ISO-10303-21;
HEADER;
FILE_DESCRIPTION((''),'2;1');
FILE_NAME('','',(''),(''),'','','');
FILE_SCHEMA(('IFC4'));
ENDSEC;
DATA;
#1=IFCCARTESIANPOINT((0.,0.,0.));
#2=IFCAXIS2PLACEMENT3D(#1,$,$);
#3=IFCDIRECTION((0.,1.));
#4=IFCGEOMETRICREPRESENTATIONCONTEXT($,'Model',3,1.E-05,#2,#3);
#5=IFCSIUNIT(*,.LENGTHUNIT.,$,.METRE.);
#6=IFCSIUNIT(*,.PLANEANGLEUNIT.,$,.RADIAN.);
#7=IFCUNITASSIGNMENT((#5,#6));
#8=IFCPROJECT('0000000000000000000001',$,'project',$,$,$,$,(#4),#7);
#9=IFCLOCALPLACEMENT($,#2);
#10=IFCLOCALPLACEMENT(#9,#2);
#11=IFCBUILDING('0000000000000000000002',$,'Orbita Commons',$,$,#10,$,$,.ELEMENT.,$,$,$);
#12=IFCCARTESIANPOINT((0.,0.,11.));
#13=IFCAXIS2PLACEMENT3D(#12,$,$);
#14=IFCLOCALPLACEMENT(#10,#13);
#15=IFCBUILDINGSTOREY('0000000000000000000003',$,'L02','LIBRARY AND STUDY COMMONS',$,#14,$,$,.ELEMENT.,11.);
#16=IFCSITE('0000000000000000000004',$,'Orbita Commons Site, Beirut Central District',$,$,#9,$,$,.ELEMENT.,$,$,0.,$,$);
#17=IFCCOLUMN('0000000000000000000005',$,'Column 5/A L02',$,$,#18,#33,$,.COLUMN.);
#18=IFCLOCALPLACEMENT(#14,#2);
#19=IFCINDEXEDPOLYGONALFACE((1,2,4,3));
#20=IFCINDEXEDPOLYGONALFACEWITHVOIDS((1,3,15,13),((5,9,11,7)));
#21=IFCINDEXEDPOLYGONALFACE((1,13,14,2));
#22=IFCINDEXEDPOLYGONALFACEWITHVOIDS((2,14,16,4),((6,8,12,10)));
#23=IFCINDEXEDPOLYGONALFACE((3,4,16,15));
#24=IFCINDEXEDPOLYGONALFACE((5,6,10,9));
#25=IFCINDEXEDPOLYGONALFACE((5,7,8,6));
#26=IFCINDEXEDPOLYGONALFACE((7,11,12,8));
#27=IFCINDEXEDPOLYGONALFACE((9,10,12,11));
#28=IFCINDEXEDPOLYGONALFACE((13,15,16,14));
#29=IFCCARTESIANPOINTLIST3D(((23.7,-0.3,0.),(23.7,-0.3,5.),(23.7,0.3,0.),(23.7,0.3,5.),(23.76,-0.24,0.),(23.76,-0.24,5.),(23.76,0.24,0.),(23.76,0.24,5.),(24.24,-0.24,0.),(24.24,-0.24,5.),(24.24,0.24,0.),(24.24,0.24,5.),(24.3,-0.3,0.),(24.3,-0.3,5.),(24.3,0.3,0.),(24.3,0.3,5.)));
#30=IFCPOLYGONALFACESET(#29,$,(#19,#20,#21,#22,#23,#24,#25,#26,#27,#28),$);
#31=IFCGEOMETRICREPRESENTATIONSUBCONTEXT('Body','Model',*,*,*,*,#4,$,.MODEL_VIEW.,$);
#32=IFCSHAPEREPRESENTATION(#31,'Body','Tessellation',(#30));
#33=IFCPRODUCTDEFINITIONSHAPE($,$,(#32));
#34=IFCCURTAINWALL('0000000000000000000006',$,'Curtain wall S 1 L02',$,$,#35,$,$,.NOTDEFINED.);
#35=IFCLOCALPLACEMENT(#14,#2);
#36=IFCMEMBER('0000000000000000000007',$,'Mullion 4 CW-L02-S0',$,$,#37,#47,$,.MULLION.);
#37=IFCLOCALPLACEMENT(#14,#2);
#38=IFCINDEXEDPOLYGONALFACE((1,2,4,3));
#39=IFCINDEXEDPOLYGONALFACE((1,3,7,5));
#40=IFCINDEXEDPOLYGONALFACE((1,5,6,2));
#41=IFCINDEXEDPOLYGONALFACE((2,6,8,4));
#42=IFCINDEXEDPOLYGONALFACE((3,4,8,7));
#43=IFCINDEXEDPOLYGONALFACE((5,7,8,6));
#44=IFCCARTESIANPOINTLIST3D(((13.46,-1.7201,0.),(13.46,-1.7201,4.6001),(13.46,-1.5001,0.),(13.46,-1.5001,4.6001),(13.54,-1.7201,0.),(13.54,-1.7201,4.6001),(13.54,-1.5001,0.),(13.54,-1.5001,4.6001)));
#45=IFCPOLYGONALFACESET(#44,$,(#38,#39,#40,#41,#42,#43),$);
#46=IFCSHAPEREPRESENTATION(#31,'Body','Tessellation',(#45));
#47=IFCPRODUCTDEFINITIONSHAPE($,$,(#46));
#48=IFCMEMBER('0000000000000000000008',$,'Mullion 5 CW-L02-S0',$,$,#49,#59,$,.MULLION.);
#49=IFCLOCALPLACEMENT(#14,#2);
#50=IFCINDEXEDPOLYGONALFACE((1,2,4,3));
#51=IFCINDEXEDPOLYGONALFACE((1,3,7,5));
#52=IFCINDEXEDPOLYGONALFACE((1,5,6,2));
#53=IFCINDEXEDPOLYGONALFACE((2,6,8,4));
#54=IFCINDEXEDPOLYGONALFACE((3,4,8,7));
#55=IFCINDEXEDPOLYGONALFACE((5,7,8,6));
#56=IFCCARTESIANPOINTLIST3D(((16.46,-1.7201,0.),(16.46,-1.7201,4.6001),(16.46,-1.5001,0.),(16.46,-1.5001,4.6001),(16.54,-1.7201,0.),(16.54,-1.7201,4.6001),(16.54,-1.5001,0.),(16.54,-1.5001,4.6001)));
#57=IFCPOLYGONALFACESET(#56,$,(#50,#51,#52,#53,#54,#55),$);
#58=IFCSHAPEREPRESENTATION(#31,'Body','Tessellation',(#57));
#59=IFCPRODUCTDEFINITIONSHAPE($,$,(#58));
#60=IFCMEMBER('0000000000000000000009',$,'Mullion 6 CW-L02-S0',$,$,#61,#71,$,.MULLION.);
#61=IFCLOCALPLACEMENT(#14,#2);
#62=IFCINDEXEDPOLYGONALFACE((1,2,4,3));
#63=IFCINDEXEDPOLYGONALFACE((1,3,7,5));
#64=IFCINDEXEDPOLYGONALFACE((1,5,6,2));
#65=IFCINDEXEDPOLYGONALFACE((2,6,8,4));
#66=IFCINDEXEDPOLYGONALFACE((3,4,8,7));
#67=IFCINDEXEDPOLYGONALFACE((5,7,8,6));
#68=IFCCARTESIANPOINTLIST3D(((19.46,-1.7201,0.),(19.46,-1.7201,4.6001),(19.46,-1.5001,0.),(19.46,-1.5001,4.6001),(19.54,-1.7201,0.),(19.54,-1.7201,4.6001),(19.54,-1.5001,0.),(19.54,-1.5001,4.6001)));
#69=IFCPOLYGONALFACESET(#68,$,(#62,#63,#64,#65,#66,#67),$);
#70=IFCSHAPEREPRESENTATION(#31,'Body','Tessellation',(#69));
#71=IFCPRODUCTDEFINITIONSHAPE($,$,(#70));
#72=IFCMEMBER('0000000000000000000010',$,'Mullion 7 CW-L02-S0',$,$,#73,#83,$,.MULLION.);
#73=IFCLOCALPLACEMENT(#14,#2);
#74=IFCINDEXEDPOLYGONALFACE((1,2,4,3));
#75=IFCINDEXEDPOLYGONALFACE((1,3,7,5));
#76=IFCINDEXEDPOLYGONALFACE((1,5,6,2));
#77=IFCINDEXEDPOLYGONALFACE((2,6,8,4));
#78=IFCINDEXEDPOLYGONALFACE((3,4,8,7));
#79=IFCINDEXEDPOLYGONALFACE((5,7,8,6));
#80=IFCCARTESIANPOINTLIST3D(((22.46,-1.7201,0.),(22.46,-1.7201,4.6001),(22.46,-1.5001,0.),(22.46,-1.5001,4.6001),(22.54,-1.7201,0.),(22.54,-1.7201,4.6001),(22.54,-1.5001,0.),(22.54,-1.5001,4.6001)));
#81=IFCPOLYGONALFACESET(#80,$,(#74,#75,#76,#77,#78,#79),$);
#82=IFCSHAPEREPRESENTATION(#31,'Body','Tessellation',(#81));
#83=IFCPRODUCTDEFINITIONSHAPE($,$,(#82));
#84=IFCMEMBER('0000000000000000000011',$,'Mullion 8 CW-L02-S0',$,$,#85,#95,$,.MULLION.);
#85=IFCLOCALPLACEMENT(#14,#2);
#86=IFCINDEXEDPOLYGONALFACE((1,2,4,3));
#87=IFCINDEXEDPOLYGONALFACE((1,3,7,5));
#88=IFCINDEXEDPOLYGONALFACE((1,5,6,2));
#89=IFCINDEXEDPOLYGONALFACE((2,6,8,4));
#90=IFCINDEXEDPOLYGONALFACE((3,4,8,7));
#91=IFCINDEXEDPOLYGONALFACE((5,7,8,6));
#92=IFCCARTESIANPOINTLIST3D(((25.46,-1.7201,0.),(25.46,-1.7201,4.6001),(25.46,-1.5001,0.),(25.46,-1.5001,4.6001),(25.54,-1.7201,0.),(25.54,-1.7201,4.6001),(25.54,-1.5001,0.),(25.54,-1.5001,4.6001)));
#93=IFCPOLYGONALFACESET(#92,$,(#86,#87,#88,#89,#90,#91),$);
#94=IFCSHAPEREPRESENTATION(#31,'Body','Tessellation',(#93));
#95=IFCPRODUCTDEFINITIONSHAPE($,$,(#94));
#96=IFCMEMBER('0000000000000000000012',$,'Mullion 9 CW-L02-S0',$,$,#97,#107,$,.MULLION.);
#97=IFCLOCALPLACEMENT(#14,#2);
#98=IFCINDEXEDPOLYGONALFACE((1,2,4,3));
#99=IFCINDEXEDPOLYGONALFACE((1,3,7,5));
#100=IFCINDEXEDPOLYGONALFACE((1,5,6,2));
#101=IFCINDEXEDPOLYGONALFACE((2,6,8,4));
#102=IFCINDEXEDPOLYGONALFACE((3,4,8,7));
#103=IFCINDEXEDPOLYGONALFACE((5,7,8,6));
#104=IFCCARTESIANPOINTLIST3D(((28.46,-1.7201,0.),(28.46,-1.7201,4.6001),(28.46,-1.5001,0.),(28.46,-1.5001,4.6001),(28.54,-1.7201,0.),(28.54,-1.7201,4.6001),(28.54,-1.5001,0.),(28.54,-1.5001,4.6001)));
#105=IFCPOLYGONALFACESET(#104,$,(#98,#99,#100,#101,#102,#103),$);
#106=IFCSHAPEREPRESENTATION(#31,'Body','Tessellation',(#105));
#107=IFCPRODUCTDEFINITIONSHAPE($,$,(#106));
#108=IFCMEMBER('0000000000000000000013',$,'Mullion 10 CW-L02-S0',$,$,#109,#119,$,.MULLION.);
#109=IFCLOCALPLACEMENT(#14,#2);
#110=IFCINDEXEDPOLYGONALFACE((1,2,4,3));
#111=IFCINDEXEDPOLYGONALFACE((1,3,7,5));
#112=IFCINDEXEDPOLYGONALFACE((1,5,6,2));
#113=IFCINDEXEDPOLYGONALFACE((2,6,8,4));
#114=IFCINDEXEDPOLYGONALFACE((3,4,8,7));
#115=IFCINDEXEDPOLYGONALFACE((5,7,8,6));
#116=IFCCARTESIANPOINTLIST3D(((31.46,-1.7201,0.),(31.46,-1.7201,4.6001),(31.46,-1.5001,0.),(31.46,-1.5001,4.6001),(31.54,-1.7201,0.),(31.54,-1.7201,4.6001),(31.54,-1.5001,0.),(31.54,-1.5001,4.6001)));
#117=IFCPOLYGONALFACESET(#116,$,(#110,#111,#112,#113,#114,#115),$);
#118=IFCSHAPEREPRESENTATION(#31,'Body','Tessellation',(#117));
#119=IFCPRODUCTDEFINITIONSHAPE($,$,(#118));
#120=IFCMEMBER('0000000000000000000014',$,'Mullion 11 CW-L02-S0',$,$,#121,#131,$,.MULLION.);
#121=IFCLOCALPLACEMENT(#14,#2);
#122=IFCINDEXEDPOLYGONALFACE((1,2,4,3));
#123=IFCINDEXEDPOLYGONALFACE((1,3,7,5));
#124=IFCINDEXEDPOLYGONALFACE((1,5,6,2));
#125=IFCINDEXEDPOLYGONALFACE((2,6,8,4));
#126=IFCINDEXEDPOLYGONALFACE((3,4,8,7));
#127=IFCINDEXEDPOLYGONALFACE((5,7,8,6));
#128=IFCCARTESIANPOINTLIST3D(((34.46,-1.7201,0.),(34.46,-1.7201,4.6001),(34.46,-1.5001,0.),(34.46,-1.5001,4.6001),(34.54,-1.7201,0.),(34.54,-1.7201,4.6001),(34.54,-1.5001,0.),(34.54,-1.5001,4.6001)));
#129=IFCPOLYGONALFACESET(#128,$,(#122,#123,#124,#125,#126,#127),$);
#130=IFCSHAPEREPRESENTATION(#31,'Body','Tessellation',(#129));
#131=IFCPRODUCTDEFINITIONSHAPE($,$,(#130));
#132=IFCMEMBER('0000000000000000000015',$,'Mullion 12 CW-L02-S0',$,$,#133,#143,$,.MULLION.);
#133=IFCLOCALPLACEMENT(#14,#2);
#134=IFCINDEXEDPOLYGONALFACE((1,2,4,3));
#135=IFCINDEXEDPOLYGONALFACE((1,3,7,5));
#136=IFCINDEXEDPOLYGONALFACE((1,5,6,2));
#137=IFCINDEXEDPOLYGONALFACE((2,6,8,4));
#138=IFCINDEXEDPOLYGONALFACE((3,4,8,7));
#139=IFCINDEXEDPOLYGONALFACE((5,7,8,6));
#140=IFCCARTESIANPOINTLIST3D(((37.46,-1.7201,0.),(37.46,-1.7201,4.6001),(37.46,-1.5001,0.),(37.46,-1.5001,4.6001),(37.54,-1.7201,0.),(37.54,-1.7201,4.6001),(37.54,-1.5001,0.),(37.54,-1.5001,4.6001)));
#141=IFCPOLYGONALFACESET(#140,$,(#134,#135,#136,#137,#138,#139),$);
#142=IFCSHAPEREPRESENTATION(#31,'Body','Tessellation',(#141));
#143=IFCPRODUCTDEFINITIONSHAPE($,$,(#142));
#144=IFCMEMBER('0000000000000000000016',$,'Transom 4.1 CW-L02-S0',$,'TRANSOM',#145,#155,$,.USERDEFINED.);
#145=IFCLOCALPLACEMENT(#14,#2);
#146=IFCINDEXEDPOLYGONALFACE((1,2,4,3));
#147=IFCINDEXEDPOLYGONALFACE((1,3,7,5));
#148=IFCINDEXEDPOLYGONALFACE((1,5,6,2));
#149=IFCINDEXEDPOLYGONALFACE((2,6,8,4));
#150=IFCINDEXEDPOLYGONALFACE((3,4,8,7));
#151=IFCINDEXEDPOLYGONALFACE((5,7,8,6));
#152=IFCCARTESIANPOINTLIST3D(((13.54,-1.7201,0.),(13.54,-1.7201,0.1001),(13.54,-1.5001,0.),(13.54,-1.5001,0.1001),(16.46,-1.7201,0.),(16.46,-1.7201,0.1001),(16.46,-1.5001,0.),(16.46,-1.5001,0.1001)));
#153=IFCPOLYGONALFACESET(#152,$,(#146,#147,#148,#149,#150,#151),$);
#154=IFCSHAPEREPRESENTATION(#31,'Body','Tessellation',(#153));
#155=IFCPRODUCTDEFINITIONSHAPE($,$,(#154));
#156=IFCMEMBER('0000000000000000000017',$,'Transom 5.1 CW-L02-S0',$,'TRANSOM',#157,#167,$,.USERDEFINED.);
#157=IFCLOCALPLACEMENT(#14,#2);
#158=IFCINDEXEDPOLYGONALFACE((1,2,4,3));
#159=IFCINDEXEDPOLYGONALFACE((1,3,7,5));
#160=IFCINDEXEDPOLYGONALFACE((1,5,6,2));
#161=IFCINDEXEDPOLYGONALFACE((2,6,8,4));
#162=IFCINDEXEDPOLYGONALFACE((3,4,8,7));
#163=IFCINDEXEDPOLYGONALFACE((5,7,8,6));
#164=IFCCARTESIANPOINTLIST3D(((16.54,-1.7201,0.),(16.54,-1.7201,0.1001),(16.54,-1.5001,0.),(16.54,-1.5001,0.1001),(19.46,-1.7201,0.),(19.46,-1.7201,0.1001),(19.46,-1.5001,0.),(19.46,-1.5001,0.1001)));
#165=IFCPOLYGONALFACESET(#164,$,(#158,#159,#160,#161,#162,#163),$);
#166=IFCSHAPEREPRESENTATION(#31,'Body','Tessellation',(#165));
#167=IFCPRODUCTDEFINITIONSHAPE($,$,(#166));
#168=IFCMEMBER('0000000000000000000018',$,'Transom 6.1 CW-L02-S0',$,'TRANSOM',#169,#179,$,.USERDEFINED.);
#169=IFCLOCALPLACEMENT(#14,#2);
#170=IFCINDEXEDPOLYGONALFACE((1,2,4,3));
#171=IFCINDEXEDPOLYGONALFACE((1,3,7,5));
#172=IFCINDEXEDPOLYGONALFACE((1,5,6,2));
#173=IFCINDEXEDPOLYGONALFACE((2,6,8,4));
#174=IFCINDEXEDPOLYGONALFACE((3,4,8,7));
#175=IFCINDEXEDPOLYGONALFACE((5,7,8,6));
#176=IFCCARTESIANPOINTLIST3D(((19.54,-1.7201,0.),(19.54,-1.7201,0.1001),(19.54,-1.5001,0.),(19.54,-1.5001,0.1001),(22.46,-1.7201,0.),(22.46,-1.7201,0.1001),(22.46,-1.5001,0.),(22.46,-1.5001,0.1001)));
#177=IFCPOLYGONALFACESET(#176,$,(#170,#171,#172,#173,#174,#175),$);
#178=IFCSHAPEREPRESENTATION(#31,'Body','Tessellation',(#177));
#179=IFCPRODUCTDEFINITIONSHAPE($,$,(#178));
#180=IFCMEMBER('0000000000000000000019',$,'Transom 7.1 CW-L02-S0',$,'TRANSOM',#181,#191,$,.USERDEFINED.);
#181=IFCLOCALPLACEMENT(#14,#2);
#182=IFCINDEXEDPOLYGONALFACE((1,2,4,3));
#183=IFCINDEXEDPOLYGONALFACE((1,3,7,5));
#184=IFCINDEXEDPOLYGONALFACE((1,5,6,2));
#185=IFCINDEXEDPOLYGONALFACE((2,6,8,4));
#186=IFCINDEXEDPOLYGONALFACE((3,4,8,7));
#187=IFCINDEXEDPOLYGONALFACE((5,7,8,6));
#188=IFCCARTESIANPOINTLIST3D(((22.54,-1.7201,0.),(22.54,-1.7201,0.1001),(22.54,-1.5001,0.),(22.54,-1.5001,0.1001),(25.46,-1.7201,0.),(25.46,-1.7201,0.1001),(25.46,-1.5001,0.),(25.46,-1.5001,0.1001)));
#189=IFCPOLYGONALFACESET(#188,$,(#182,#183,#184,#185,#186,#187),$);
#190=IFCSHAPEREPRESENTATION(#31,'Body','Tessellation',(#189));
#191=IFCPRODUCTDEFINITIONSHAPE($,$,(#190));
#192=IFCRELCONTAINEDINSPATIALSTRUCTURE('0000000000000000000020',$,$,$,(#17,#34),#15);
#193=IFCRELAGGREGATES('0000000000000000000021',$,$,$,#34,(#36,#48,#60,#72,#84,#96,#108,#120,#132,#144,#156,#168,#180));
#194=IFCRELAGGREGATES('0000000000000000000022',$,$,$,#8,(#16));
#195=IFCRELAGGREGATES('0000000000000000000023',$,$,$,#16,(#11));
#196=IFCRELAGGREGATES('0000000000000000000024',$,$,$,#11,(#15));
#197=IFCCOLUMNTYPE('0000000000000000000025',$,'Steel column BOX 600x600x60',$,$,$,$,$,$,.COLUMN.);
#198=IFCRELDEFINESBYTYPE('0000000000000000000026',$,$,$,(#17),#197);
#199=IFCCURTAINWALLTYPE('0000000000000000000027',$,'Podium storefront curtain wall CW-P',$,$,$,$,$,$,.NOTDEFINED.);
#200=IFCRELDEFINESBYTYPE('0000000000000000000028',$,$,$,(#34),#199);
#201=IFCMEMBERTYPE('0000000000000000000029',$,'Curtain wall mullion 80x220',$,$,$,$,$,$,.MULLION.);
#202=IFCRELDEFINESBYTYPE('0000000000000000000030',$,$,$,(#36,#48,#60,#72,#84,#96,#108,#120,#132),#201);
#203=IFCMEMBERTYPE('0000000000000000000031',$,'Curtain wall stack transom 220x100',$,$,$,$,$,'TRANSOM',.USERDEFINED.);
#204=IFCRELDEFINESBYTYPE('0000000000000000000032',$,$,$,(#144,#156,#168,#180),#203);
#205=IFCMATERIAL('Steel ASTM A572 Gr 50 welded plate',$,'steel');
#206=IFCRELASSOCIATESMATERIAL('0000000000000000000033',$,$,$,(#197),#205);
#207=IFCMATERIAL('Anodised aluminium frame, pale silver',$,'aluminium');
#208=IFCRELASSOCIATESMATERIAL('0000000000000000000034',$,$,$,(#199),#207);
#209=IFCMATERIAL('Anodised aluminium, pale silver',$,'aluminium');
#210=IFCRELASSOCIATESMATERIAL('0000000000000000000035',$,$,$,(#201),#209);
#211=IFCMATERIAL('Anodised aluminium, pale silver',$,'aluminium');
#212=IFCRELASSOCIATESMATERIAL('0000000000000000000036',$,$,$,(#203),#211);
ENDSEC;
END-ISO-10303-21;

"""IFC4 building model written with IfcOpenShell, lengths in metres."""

from ifc_helpers import new_model, si_unit, direction, frame, origin, origin_2d, place, context, subcontext, project, spatial, rectangle, hollow_rectangle, extrude, material, material_profile, profile_set, type_object, element, aggregate, save


model = new_model("IFC4")

# Units and contexts
model_context = context("Model", 3, precision=1e-05, world=origin(), true_north=direction((0.0, 1.0)))
body_context = subcontext(model_context, "Body", "Model", "MODEL_VIEW")
ifc_project = project(units=[si_unit("LENGTHUNIT", "METRE"), si_unit("PLANEANGLEUNIT", "RADIAN")], contexts=[model_context])

# Site, building, storey
site_placement = place(None, origin())
site = spatial("IfcSite", under=ifc_project, at=site_placement, Name="Orbita Commons Site, Beirut Central District", CompositionType="ELEMENT", RefElevation=0.0)
building_placement = place(site_placement, origin())
building = spatial("IfcBuilding", under=site, at=building_placement, Name="Orbita Commons", CompositionType="ELEMENT")
storey_placement = place(building_placement, frame((0.0, 0.0, 11.0)))
storey = spatial("IfcBuildingStorey", under=building, at=storey_placement, Name="L02", Description="LIBRARY AND STUDY COMMONS", CompositionType="ELEMENT", Elevation=11.0)

# Column
ifc_material_1 = material(Name="Steel ASTM A572 Gr 50 welded plate", Category="steel")
ifc_material_profile_1 = material_profile(ifc_material_1, hollow_rectangle(XDim=0.6001, YDim=0.6001, WallThickness=0.0601, at=origin_2d()), Name="BOX 600x600x60")
ifc_profile_set_1 = profile_set([ifc_material_profile_1], Name="Steel ASTM A572 Gr 50 welded plate")
column_type = type_object("IfcColumnType", Name="Steel column BOX 600x600x60", PredefinedType="COLUMN", material=ifc_profile_set_1)
column_placement = place(storey_placement, frame((24.0, 0.0, 0.0), z_axis=(0.0, 0.0, 1.0), x_axis=(1.0, 0.0, 0.0)))
element("IfcColumn", 1, at=column_placement, inside=storey, type_object=column_type, Name="Column 5/A L02", PredefinedType="COLUMN", context=body_context, shape_type="SweptSolid", body=[
    extrude(hollow_rectangle(XDim=0.6001, YDim=0.6001, WallThickness=0.0601, at=origin_2d()), origin(), (0.0, 0.0, 1.0), 5.0),
])

# Curtain wall, members
ifc_material_2 = material(Name="Anodised aluminium frame, pale silver", Category="aluminium")
curtain_wall_type = type_object("IfcCurtainWallType", Name="Podium storefront curtain wall CW-P", PredefinedType="NOTDEFINED", material=ifc_material_2)
curtain_wall_placement = place(storey_placement, origin())
curtain_wall = element("IfcCurtainWall", 2, at=curtain_wall_placement, inside=storey, type_object=curtain_wall_type, Name="Curtain wall S 1 L02", PredefinedType="NOTDEFINED")
ifc_material_3 = material(Name="Anodised aluminium, pale silver", Category="aluminium")
ifc_material_profile_2 = material_profile(ifc_material_3, rectangle(XDim=0.0801, YDim=0.22, at=origin_2d()), Name="AL 80x220")
ifc_profile_set_2 = profile_set([ifc_material_profile_2], Name="Anodised aluminium, pale silver")
member_type_1 = type_object("IfcMemberType", Name="Curtain wall mullion 80x220", PredefinedType="MULLION", material=ifc_profile_set_2)
member_1_placement = place(storey_placement, frame((13.5, -1.6101, 0.0), z_axis=(0.0, 0.0, 1.0), x_axis=(1.0, 0.0, 0.0)))
member_1 = element("IfcMember", 3, at=member_1_placement, type_object=member_type_1, Name="Mullion 4 CW-L02-S0", PredefinedType="MULLION", context=body_context, shape_type="SweptSolid", body=[
    extrude(rectangle(XDim=0.0801, YDim=0.22, at=origin_2d()), origin(), (0.0, 0.0, 1.0), 4.6001),
])
member_2_placement = place(storey_placement, frame((16.5, -1.6101, 0.0), z_axis=(0.0, 0.0, 1.0), x_axis=(1.0, 0.0, 0.0)))
member_2 = element("IfcMember", 4, at=member_2_placement, type_object=member_type_1, Name="Mullion 5 CW-L02-S0", PredefinedType="MULLION", context=body_context, shape_type="SweptSolid", body=[
    extrude(rectangle(XDim=0.0801, YDim=0.22, at=origin_2d()), origin(), (0.0, 0.0, 1.0), 4.6001),
])
member_3_placement = place(storey_placement, frame((19.5, -1.6101, 0.0), z_axis=(0.0, 0.0, 1.0), x_axis=(1.0, 0.0, 0.0)))
member_3 = element("IfcMember", 5, at=member_3_placement, type_object=member_type_1, Name="Mullion 6 CW-L02-S0", PredefinedType="MULLION", context=body_context, shape_type="SweptSolid", body=[
    extrude(rectangle(XDim=0.0801, YDim=0.22, at=origin_2d()), origin(), (0.0, 0.0, 1.0), 4.6001),
])
member_4_placement = place(storey_placement, frame((22.5, -1.6101, 0.0), z_axis=(0.0, 0.0, 1.0), x_axis=(1.0, 0.0, 0.0)))
member_4 = element("IfcMember", 6, at=member_4_placement, type_object=member_type_1, Name="Mullion 7 CW-L02-S0", PredefinedType="MULLION", context=body_context, shape_type="SweptSolid", body=[
    extrude(rectangle(XDim=0.0801, YDim=0.22, at=origin_2d()), origin(), (0.0, 0.0, 1.0), 4.6001),
])
member_5_placement = place(storey_placement, frame((25.5, -1.6101, 0.0), z_axis=(0.0, 0.0, 1.0), x_axis=(1.0, 0.0, 0.0)))
member_5 = element("IfcMember", 7, at=member_5_placement, type_object=member_type_1, Name="Mullion 8 CW-L02-S0", PredefinedType="MULLION", context=body_context, shape_type="SweptSolid", body=[
    extrude(rectangle(XDim=0.0801, YDim=0.22, at=origin_2d()), origin(), (0.0, 0.0, 1.0), 4.6001),
])
member_6_placement = place(storey_placement, frame((28.5, -1.6101, 0.0), z_axis=(0.0, 0.0, 1.0), x_axis=(1.0, 0.0, 0.0)))
member_6 = element("IfcMember", 8, at=member_6_placement, type_object=member_type_1, Name="Mullion 9 CW-L02-S0", PredefinedType="MULLION", context=body_context, shape_type="SweptSolid", body=[
    extrude(rectangle(XDim=0.0801, YDim=0.22, at=origin_2d()), origin(), (0.0, 0.0, 1.0), 4.6001),
])
member_7_placement = place(storey_placement, frame((31.5, -1.6101, 0.0), z_axis=(0.0, 0.0, 1.0), x_axis=(1.0, 0.0, 0.0)))
member_7 = element("IfcMember", 9, at=member_7_placement, type_object=member_type_1, Name="Mullion 10 CW-L02-S0", PredefinedType="MULLION", context=body_context, shape_type="SweptSolid", body=[
    extrude(rectangle(XDim=0.0801, YDim=0.22, at=origin_2d()), origin(), (0.0, 0.0, 1.0), 4.6001),
])
member_8_placement = place(storey_placement, frame((34.5, -1.6101, 0.0), z_axis=(0.0, 0.0, 1.0), x_axis=(1.0, 0.0, 0.0)))
member_8 = element("IfcMember", 10, at=member_8_placement, type_object=member_type_1, Name="Mullion 11 CW-L02-S0", PredefinedType="MULLION", context=body_context, shape_type="SweptSolid", body=[
    extrude(rectangle(XDim=0.0801, YDim=0.22, at=origin_2d()), origin(), (0.0, 0.0, 1.0), 4.6001),
])
member_9_placement = place(storey_placement, frame((37.5, -1.6101, 0.0), z_axis=(0.0, 0.0, 1.0), x_axis=(1.0, 0.0, 0.0)))
member_9 = element("IfcMember", 11, at=member_9_placement, type_object=member_type_1, Name="Mullion 12 CW-L02-S0", PredefinedType="MULLION", context=body_context, shape_type="SweptSolid", body=[
    extrude(rectangle(XDim=0.0801, YDim=0.22, at=origin_2d()), origin(), (0.0, 0.0, 1.0), 4.6001),
])
ifc_material_4 = material(Name="Anodised aluminium, pale silver", Category="aluminium")
ifc_material_profile_3 = material_profile(ifc_material_4, rectangle(XDim=0.22, YDim=0.1001, at=origin_2d()), Name="AL 220x100")
ifc_profile_set_3 = profile_set([ifc_material_profile_3], Name="Anodised aluminium, pale silver")
member_type_2 = type_object("IfcMemberType", Name="Curtain wall stack transom 220x100", ElementType="TRANSOM", PredefinedType="USERDEFINED", material=ifc_profile_set_3)
member_10_placement = place(storey_placement, frame((13.54, -1.6101, 0.05), z_axis=(1.0, 0.0, 0.0), x_axis=(0.0, 1.0, 0.0)))
member_10 = element("IfcMember", 12, at=member_10_placement, type_object=member_type_2, Name="Transom 4.1 CW-L02-S0", ObjectType="TRANSOM", PredefinedType="USERDEFINED", context=body_context, shape_type="SweptSolid", body=[
    extrude(rectangle(XDim=0.22, YDim=0.1001, at=origin_2d()), origin(), (0.0, 0.0, 1.0), 2.9199),
])
member_11_placement = place(storey_placement, frame((16.54, -1.6101, 0.05), z_axis=(1.0, 0.0, 0.0), x_axis=(0.0, 1.0, 0.0)))
member_11 = element("IfcMember", 13, at=member_11_placement, type_object=member_type_2, Name="Transom 5.1 CW-L02-S0", ObjectType="TRANSOM", PredefinedType="USERDEFINED", context=body_context, shape_type="SweptSolid", body=[
    extrude(rectangle(XDim=0.22, YDim=0.1001, at=origin_2d()), origin(), (0.0, 0.0, 1.0), 2.9199),
])
member_12_placement = place(storey_placement, frame((19.54, -1.6101, 0.05), z_axis=(1.0, 0.0, 0.0), x_axis=(0.0, 1.0, 0.0)))
member_12 = element("IfcMember", 14, at=member_12_placement, type_object=member_type_2, Name="Transom 6.1 CW-L02-S0", ObjectType="TRANSOM", PredefinedType="USERDEFINED", context=body_context, shape_type="SweptSolid", body=[
    extrude(rectangle(XDim=0.22, YDim=0.1001, at=origin_2d()), origin(), (0.0, 0.0, 1.0), 2.9199),
])
member_13_placement = place(storey_placement, frame((22.54, -1.6101, 0.05), z_axis=(1.0, 0.0, 0.0), x_axis=(0.0, 1.0, 0.0)))
member_13 = element("IfcMember", 15, at=member_13_placement, type_object=member_type_2, Name="Transom 7.1 CW-L02-S0", ObjectType="TRANSOM", PredefinedType="USERDEFINED", context=body_context, shape_type="SweptSolid", body=[
    extrude(rectangle(XDim=0.22, YDim=0.1001, at=origin_2d()), origin(), (0.0, 0.0, 1.0), 2.9199),
])

aggregate(curtain_wall, [member_1, member_2, member_3, member_4, member_5, member_6, member_7, member_8, member_9, member_10, member_11, member_12, member_13])

save(model, "model.ifc")
